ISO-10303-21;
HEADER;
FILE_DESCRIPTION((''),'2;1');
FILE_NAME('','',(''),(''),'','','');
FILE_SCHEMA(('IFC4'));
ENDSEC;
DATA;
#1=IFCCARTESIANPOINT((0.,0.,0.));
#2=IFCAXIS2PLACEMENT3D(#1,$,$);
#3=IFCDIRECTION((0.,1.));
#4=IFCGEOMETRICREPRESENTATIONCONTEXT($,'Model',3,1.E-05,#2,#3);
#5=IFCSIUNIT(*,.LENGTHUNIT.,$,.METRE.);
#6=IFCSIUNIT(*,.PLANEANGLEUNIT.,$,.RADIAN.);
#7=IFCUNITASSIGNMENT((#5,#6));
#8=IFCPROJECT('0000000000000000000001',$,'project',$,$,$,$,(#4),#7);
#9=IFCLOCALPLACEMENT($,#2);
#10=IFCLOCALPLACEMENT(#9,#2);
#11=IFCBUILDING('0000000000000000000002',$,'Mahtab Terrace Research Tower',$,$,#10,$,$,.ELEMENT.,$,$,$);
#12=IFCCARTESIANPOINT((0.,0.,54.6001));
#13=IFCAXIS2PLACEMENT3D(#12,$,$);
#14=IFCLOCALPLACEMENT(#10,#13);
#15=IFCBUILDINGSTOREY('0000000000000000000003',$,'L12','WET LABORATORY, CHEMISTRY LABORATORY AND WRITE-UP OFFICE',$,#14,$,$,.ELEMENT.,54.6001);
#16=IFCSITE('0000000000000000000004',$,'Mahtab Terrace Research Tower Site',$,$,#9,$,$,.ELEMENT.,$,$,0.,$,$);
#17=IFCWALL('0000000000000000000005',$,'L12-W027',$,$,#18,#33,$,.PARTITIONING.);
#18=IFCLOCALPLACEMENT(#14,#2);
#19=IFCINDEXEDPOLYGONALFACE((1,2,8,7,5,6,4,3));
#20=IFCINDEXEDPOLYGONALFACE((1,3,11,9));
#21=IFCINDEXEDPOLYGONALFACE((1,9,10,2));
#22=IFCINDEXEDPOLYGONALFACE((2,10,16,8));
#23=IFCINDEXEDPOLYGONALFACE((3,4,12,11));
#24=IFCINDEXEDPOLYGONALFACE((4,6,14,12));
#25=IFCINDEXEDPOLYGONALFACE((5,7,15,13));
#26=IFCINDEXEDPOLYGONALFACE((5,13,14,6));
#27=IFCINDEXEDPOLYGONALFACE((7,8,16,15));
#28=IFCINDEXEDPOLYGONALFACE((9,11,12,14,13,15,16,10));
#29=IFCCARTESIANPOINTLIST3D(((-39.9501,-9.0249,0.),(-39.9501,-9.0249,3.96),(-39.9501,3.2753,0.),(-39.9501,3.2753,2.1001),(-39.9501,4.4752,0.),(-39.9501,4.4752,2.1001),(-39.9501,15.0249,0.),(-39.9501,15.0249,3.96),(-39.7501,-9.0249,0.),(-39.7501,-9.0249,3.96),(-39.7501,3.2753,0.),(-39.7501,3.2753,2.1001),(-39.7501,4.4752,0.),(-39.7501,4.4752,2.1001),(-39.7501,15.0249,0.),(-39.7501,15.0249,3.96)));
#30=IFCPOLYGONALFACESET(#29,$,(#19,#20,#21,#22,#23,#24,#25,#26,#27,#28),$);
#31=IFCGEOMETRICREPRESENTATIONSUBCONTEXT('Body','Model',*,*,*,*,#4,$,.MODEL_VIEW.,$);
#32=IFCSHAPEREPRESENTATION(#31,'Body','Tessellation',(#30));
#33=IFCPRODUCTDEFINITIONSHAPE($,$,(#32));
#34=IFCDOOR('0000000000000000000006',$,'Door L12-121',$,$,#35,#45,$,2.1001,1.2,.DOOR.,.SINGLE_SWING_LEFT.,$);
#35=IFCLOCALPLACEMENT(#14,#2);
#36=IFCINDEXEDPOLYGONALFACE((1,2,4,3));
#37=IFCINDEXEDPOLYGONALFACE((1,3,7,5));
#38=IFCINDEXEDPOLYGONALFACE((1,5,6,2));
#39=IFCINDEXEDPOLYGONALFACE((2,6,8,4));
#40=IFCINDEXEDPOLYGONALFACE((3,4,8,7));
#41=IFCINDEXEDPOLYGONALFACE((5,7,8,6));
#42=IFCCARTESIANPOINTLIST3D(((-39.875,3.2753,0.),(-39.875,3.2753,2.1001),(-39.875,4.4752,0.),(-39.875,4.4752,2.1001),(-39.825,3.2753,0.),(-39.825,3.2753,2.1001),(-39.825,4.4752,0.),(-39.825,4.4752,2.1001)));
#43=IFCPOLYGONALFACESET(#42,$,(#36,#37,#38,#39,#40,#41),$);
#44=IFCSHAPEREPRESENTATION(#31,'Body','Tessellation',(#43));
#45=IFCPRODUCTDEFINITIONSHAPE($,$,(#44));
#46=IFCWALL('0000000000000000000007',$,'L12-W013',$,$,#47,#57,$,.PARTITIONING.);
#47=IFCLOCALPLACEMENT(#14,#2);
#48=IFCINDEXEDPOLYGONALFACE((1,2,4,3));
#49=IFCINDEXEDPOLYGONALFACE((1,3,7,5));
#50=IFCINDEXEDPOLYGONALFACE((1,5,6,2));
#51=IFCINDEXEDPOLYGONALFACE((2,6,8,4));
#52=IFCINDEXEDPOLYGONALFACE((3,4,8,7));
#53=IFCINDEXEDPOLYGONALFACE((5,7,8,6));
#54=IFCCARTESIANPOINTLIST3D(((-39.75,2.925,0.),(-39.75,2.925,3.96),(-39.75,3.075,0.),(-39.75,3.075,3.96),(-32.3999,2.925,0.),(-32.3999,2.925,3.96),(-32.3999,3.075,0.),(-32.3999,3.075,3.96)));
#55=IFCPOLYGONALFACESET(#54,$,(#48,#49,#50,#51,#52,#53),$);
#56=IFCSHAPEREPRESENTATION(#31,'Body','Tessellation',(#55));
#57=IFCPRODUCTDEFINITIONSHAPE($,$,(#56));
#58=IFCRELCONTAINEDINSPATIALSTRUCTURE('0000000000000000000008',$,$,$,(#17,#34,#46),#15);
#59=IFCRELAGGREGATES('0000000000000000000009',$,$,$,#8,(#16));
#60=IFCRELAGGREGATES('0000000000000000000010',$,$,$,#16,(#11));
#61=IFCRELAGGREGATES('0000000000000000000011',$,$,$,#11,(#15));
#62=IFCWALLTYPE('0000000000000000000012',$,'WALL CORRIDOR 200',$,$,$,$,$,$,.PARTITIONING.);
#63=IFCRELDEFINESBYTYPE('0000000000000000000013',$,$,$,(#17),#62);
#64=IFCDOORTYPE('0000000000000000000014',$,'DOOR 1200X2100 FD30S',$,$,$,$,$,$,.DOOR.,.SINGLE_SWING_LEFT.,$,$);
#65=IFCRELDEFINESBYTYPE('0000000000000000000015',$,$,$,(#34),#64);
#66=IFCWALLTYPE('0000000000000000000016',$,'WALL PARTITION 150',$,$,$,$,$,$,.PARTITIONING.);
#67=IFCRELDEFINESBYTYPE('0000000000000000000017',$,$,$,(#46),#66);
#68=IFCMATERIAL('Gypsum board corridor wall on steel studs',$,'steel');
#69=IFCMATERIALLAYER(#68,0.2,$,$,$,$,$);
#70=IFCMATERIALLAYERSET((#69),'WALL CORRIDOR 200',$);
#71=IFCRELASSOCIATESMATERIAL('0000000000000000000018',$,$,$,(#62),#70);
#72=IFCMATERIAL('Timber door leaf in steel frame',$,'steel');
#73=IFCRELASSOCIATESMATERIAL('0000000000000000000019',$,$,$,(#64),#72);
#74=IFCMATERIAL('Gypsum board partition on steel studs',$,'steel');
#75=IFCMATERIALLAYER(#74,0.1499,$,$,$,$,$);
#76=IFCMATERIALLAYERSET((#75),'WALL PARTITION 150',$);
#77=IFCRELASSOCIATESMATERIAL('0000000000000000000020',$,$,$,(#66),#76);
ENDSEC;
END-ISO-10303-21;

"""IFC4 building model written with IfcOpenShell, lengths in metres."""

from ifc_helpers import new_model, si_unit, direction, frame, frame_2d, origin, place, context, subcontext, project, spatial, rectangle, extrude, material, layer, layer_set, type_object, element, fill, save


model = new_model("IFC4")

# Units and contexts
model_context = context("Model", 3, precision=1e-05, world=origin(), true_north=direction((0.0, 1.0)))
body_context = subcontext(model_context, "Body", "Model", "MODEL_VIEW")
ifc_project = project(units=[si_unit("LENGTHUNIT", "METRE"), si_unit("PLANEANGLEUNIT", "RADIAN")], contexts=[model_context])

# Site, building, storey
site_placement = place(None, origin())
site = spatial("IfcSite", under=ifc_project, at=site_placement, Name="Mahtab Terrace Research Tower Site", CompositionType="ELEMENT", RefElevation=0.0)
building_placement = place(site_placement, origin())
building = spatial("IfcBuilding", under=site, at=building_placement, Name="Mahtab Terrace Research Tower", CompositionType="ELEMENT")
storey_placement = place(building_placement, frame((0.0, 0.0, 54.6001)))
storey = spatial("IfcBuildingStorey", under=building, at=storey_placement, Name="L12", Description="WET LABORATORY, CHEMISTRY LABORATORY AND WRITE-UP OFFICE", CompositionType="ELEMENT", Elevation=54.6001)

# Wall, opening, door
ifc_material_1 = material(Name="Gypsum board corridor wall on steel studs", Category="steel")
ifc_layer_1 = layer(ifc_material_1, 0.2)
ifc_layer_set_1 = layer_set([ifc_layer_1], Name="WALL CORRIDOR 200")
wall_type_1 = type_object("IfcWallType", Name="WALL CORRIDOR 200", PredefinedType="PARTITIONING", material=ifc_layer_set_1)
ifc_material_2 = material(Name="Timber door leaf in steel frame", Category="steel")
door_type = type_object("IfcDoorType", Name="DOOR 1200X2100 FD30S", OperationType="SINGLE_SWING_LEFT", PredefinedType="DOOR", material=ifc_material_2)
wall_1_placement = place(storey_placement, frame((-39.8501, -9.0249, 0.0), z_axis=(0.0, 0.0, 1.0), x_axis=(0.0, 1.0, 0.0)))
wall_1 = element("IfcWall", 1, at=wall_1_placement, inside=storey, type_object=wall_type_1, Name="L12-W027", PredefinedType="PARTITIONING", context=body_context, shape_type="SweptSolid", body=[
    extrude(rectangle(XDim=24.0498, YDim=0.2, at=frame_2d((12.0249, 0.0))), origin(), (0.0, 0.0, 1.0), 3.96),
])
opening_1_placement = place(wall_1_placement, frame((12.3, 0.0, 0.0)))
opening_1 = element("IfcOpeningElement", 2, at=opening_1_placement, cuts=wall_1, PredefinedType="OPENING", context=body_context, shape_type="SweptSolid", body=[
    extrude(rectangle(XDim=1.2, YDim=2.1001, at=frame_2d((0.6001, 1.05))), frame((0.0, 0.1099, 0.0), z_axis=(0.0, -1.0, 0.0), x_axis=(1.0, 0.0, 0.0)), (0.0, 0.0, 1.0), 0.22),
])
door_1_placement = place(opening_1_placement, origin())
door_1 = element("IfcDoor", 3, at=door_1_placement, inside=storey, type_object=door_type, Name="Door L12-121", OperationType="SINGLE_SWING_LEFT", OverallHeight=2.1001, OverallWidth=1.2, PredefinedType="DOOR", context=body_context, shape_type="SweptSolid", body=[
    extrude(rectangle(XDim=1.2, YDim=2.1001, at=frame_2d((0.6001, 1.05))), frame((0.0, 0.0249, 0.0), z_axis=(0.0, -1.0, 0.0), x_axis=(1.0, 0.0, 0.0)), (0.0, 0.0, 1.0), 0.05),
])
fill(opening_1, door_1)

# Wall
ifc_material_3 = material(Name="Gypsum board partition on steel studs", Category="steel")
ifc_layer_2 = layer(ifc_material_3, 0.1499)
ifc_layer_set_2 = layer_set([ifc_layer_2], Name="WALL PARTITION 150")
wall_type_2 = type_object("IfcWallType", Name="WALL PARTITION 150", PredefinedType="PARTITIONING", material=ifc_layer_set_2)
wall_2_placement = place(storey_placement, frame((-39.75, 3.0, 0.0), z_axis=(0.0, 0.0, 1.0), x_axis=(1.0, 0.0, 0.0)))
element("IfcWall", 4, at=wall_2_placement, inside=storey, type_object=wall_type_2, Name="L12-W013", PredefinedType="PARTITIONING", context=body_context, shape_type="SweptSolid", body=[
    extrude(rectangle(XDim=7.3501, YDim=0.1499, at=frame_2d((3.675, 0.0))), origin(), (0.0, 0.0, 1.0), 3.96),
])

save(model, "model.ifc")
